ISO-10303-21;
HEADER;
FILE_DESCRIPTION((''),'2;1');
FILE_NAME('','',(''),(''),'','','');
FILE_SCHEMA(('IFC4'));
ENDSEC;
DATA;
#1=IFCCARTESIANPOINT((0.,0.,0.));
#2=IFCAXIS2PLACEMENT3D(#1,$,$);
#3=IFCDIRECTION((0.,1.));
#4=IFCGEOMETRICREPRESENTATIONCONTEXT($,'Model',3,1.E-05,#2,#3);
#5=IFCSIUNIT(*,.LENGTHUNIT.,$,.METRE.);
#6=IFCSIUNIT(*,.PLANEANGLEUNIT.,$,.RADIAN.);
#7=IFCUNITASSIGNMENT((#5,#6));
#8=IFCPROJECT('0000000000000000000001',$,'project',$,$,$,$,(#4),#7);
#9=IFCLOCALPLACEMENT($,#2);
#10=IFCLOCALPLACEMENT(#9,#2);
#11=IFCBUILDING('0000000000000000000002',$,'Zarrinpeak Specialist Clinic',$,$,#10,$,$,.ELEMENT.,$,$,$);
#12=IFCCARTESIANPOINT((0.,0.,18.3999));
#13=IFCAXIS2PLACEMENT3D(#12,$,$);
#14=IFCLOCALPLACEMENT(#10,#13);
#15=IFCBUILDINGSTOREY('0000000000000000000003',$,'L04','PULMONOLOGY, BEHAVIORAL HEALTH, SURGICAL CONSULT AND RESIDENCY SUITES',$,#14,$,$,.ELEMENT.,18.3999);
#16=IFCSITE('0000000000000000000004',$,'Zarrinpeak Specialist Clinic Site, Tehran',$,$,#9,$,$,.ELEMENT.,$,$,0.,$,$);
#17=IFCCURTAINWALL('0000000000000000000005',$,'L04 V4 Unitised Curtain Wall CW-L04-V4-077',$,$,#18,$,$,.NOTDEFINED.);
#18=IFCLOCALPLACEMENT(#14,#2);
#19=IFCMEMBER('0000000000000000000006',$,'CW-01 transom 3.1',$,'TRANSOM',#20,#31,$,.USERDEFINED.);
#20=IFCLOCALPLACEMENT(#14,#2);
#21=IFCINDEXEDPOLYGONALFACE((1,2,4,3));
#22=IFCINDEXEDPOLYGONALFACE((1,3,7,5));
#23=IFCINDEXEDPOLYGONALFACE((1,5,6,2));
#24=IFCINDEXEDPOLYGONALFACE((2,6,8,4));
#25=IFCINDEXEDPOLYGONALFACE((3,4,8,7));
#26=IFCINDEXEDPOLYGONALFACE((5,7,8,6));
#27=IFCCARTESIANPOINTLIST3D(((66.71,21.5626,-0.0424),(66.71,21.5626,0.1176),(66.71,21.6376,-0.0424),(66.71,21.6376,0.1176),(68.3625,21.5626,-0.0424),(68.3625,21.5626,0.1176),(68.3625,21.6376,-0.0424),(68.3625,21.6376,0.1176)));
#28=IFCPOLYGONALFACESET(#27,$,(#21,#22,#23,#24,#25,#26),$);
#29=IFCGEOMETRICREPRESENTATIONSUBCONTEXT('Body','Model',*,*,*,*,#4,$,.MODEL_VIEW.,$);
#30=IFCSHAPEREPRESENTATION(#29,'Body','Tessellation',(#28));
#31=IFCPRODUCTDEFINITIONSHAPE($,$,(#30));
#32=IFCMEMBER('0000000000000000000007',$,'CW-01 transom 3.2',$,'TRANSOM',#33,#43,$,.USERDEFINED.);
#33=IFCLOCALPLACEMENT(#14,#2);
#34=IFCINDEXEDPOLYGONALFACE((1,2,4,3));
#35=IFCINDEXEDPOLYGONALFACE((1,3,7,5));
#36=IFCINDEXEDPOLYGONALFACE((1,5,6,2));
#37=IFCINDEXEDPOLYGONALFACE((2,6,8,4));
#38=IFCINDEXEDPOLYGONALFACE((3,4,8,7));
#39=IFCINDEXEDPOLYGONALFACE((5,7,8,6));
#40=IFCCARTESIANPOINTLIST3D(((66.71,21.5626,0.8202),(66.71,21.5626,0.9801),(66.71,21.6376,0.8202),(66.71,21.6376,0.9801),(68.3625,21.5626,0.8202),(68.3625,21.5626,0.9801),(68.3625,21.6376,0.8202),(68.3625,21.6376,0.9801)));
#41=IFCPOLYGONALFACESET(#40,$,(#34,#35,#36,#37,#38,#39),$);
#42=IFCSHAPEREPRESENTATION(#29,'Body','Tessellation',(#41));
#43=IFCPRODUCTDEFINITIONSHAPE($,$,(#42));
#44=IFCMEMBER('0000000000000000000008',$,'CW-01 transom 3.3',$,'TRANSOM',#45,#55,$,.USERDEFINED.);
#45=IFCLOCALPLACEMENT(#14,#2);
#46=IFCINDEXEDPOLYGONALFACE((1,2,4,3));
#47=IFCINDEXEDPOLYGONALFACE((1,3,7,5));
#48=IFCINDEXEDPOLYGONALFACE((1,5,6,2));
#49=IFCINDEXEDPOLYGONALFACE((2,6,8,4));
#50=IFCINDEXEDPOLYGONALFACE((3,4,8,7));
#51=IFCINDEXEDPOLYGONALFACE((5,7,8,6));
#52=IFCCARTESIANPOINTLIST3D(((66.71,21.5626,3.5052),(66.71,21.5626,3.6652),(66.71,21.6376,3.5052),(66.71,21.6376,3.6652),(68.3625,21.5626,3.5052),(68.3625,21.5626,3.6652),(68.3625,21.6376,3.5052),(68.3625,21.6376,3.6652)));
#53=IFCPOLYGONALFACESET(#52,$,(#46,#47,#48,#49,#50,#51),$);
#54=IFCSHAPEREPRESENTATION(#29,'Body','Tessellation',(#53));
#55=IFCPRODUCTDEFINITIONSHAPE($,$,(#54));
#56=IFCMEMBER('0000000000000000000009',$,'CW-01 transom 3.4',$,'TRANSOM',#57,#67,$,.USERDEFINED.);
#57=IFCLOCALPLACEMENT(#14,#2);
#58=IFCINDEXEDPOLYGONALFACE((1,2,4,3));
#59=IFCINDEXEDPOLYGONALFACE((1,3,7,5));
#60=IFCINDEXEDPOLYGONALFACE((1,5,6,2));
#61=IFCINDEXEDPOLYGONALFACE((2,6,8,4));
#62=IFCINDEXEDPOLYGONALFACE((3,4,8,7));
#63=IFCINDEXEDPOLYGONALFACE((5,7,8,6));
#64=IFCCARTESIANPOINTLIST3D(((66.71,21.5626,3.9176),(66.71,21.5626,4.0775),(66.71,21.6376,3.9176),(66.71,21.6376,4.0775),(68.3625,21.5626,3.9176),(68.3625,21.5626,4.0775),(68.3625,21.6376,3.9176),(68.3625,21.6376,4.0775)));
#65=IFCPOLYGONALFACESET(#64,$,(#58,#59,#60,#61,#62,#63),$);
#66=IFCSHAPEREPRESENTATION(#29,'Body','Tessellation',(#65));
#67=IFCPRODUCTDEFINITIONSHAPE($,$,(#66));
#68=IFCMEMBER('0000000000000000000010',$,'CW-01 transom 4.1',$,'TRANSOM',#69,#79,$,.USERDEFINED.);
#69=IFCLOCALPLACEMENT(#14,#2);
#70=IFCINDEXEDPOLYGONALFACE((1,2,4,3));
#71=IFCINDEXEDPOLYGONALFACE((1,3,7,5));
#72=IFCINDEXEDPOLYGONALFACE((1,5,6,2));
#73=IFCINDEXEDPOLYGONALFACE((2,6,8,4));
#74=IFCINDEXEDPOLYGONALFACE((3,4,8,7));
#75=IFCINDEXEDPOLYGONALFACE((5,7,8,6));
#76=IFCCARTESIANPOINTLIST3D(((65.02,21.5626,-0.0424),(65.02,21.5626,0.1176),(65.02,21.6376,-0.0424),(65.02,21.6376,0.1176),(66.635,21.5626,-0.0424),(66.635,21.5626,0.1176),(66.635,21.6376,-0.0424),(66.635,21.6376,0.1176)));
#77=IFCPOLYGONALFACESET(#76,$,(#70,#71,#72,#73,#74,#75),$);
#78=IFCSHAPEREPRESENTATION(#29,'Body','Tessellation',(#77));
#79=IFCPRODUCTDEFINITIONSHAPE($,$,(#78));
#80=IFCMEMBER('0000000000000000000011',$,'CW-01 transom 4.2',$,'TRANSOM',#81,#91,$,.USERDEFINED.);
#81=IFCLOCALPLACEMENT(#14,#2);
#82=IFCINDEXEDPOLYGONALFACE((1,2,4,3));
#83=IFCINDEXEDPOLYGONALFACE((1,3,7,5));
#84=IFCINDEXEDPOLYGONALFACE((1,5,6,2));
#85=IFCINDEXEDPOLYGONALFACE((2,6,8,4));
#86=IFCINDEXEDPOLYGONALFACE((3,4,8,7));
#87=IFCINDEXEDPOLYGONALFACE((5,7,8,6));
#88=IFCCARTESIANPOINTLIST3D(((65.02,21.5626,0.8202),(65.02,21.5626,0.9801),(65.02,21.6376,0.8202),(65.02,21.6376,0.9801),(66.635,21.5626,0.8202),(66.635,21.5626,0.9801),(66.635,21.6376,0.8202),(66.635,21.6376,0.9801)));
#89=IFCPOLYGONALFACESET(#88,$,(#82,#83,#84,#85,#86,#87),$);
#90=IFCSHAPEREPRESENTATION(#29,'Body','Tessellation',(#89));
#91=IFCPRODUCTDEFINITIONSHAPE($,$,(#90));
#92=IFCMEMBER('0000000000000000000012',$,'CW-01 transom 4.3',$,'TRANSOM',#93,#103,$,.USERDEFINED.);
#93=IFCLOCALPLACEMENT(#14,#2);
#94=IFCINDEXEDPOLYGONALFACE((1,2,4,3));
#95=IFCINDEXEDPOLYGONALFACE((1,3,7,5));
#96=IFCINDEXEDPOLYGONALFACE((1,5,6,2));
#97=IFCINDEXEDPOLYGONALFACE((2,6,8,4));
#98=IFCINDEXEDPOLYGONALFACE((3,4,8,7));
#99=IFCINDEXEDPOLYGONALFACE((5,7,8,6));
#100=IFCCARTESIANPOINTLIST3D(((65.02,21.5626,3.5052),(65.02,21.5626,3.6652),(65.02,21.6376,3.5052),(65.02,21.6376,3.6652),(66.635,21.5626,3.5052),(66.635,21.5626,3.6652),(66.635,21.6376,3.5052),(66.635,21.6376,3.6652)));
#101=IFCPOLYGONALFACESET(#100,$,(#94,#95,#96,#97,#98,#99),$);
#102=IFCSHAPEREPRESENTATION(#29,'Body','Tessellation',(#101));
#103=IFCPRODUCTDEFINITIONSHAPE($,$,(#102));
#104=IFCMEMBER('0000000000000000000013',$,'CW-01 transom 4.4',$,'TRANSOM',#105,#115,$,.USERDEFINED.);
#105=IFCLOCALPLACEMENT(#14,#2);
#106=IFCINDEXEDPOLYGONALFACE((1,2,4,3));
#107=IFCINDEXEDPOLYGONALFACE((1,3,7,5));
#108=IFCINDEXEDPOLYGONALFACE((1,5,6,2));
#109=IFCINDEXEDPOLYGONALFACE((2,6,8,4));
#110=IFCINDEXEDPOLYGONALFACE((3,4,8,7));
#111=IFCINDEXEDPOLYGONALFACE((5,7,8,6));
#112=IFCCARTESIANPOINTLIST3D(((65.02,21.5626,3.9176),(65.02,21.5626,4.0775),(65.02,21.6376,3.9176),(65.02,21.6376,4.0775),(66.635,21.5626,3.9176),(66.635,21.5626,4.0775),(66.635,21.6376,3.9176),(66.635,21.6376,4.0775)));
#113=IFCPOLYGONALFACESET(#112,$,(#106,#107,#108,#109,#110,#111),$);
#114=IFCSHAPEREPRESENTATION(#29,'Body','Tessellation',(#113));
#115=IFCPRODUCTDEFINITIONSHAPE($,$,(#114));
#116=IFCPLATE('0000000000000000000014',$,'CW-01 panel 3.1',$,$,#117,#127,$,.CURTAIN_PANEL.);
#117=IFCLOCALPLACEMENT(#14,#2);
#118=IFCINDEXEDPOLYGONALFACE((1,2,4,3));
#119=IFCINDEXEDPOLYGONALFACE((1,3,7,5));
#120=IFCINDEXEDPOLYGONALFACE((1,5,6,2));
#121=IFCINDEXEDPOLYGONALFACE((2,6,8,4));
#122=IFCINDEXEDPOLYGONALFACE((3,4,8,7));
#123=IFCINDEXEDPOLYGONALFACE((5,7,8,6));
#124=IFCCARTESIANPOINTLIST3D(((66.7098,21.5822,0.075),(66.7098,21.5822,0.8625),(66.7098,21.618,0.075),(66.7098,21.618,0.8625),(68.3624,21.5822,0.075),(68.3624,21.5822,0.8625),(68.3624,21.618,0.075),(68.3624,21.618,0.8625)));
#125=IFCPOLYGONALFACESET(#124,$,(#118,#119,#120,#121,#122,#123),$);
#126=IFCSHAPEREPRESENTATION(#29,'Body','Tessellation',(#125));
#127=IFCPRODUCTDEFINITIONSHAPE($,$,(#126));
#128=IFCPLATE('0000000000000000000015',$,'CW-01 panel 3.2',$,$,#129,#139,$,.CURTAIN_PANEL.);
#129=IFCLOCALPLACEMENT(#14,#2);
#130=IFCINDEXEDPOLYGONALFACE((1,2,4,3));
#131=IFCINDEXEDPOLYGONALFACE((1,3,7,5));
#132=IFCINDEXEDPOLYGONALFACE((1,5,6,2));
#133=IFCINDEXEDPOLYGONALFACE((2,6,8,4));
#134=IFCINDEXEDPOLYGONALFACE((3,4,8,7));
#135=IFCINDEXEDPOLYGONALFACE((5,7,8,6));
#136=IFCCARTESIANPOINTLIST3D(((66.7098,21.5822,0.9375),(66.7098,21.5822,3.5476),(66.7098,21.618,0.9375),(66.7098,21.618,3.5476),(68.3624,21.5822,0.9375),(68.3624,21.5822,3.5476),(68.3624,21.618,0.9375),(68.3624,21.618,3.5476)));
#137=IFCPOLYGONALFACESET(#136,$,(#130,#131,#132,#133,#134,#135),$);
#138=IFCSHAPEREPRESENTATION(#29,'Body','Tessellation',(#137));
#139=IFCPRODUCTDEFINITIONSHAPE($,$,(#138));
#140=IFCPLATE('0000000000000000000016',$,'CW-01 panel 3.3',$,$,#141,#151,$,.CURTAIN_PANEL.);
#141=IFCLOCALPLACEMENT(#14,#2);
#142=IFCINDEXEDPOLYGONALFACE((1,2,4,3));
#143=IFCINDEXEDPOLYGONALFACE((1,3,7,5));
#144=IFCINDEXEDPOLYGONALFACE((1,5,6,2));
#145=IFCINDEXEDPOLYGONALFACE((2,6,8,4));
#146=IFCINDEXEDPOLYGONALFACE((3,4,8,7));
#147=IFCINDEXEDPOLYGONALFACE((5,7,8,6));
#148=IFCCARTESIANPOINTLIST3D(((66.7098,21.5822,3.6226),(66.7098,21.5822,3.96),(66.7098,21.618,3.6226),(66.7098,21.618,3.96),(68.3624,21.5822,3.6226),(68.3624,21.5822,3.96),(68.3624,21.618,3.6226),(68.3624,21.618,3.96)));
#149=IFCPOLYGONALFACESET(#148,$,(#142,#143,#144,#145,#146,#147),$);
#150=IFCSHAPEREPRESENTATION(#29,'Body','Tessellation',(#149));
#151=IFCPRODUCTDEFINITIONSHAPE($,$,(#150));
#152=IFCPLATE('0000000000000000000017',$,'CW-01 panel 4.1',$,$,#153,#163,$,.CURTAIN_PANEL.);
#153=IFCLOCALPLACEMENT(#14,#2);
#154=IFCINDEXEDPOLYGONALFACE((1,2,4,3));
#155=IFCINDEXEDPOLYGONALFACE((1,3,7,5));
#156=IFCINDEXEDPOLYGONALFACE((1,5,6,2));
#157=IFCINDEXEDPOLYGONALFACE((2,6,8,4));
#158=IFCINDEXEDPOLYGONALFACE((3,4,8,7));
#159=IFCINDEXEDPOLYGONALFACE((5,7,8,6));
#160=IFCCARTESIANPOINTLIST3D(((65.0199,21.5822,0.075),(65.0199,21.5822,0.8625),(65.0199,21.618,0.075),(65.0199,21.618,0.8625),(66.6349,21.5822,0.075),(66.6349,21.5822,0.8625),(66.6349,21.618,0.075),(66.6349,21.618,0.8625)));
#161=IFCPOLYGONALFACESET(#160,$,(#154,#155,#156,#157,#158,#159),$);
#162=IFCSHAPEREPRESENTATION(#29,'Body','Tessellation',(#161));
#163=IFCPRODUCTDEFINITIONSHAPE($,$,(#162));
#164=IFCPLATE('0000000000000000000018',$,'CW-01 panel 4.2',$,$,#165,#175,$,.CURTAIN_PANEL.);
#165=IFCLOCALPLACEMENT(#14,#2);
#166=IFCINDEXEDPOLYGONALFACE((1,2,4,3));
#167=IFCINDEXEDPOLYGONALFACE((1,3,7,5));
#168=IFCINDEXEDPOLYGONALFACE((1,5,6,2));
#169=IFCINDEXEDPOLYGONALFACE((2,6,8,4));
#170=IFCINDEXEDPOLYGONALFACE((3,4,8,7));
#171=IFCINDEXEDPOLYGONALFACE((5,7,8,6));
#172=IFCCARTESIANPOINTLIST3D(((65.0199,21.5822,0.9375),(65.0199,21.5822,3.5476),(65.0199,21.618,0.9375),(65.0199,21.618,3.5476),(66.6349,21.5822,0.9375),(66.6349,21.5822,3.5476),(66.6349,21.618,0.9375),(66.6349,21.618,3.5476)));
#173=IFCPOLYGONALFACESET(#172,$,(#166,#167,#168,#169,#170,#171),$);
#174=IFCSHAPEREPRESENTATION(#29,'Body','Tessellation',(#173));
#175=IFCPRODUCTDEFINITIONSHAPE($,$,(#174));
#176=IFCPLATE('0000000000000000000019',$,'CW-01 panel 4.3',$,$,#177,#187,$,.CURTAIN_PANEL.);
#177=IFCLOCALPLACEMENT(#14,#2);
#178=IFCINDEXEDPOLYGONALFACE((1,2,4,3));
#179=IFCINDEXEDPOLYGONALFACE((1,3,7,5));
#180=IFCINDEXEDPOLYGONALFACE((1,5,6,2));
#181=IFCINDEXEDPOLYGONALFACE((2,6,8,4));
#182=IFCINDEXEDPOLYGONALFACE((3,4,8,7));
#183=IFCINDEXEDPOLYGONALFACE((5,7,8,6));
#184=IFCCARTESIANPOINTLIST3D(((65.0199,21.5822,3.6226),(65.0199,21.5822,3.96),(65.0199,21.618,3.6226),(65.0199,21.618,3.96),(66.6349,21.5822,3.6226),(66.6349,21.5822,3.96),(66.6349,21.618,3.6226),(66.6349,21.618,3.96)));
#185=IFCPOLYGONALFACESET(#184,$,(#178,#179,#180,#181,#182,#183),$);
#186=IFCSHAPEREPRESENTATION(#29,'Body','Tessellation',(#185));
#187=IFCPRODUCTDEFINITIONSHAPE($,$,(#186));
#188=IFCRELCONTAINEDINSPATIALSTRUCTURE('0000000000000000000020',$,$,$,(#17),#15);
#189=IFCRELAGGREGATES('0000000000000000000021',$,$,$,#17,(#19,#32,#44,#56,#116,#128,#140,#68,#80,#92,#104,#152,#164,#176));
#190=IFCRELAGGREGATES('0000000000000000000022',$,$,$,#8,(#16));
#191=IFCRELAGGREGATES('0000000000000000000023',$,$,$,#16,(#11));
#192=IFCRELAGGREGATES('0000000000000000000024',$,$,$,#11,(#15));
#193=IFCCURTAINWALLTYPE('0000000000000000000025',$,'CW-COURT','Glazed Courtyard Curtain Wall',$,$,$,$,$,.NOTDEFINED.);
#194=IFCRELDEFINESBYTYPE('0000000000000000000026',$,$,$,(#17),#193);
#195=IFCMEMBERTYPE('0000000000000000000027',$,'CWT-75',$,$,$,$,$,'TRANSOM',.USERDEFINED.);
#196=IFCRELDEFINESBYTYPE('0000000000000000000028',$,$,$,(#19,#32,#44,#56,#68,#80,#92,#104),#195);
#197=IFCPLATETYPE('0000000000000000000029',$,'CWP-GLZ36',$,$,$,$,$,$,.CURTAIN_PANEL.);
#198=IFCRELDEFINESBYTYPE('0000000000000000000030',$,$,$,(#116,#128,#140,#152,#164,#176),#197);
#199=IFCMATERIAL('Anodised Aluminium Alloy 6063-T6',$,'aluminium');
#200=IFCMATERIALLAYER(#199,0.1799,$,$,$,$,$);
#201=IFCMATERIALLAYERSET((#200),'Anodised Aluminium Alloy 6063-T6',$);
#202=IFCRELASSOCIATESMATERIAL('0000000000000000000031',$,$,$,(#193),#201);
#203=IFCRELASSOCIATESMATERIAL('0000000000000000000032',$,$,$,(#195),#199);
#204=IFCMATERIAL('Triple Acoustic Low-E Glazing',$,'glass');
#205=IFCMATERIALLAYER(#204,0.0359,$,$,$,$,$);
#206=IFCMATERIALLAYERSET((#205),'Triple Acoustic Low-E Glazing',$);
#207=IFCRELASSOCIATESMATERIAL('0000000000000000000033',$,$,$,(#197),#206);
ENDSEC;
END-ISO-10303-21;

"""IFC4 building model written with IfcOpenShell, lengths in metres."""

from ifc_helpers import new_model, si_unit, direction, frame, origin, origin_2d, place, context, subcontext, project, spatial, rectangle, extrude, material, layer, layer_set, material_profile, profile_set, type_object, element, aggregate, save


model = new_model("IFC4")

# Units and contexts
model_context = context("Model", 3, precision=1e-05, world=origin(), true_north=direction((0.0, 1.0)))
body_context = subcontext(model_context, "Body", "Model", "MODEL_VIEW")
ifc_project = project(units=[si_unit("LENGTHUNIT", "METRE"), si_unit("PLANEANGLEUNIT", "RADIAN")], contexts=[model_context])

# Site, building, storey
site_placement = place(None, origin())
site = spatial("IfcSite", under=ifc_project, at=site_placement, Name="Zarrinpeak Specialist Clinic Site, Tehran", CompositionType="ELEMENT", RefElevation=0.0)
building_placement = place(site_placement, origin())
building = spatial("IfcBuilding", under=site, at=building_placement, Name="Zarrinpeak Specialist Clinic", CompositionType="ELEMENT")
storey_placement = place(building_placement, frame((0.0, 0.0, 18.3999)))
storey = spatial("IfcBuildingStorey", under=building, at=storey_placement, Name="L04", Description="PULMONOLOGY, BEHAVIORAL HEALTH, SURGICAL CONSULT AND RESIDENCY SUITES", CompositionType="ELEMENT", Elevation=18.3999)

# Curtain wall, members, plates
ifc_material_1 = material(Name="Anodised Aluminium Alloy 6063-T6", Category="aluminium")
ifc_layer_1 = layer(ifc_material_1, 0.1799)
ifc_layer_set_1 = layer_set([ifc_layer_1], Name="Anodised Aluminium Alloy 6063-T6")
curtain_wall_type = type_object("IfcCurtainWallType", Name="CW-COURT", Description="Glazed Courtyard Curtain Wall", PredefinedType="NOTDEFINED", material=ifc_layer_set_1)
curtain_wall_placement = place(storey_placement, origin())
curtain_wall = element("IfcCurtainWall", 1, at=curtain_wall_placement, inside=storey, type_object=curtain_wall_type, Name="L04 V4 Unitised Curtain Wall CW-L04-V4-077", PredefinedType="NOTDEFINED")
ifc_material_profile_1 = material_profile(ifc_material_1, rectangle(XDim=0.075, YDim=0.1599, at=origin_2d()), Name="ALU 75x160")
ifc_profile_set_1 = profile_set([ifc_material_profile_1], Name="Anodised Aluminium Alloy 6063-T6")
member_type_1 = type_object("IfcMemberType", Name="CWT-75", ElementType="TRANSOM", PredefinedType="USERDEFINED", material=ifc_profile_set_1)
member_1_placement = place(storey_placement, frame((68.3625, 21.6001, 0.0376), z_axis=(-1.0, 0.0, 0.0), x_axis=(0.0, -1.0, 0.0)))
member_1 = element("IfcMember", 2, at=member_1_placement, type_object=member_type_1, Name="CW-01 transom 3.1", ObjectType="TRANSOM", PredefinedType="USERDEFINED", context=body_context, shape_type="SweptSolid", body=[
    extrude(rectangle(XDim=0.075, YDim=0.1599, at=origin_2d()), origin(), (0.0, 0.0, 1.0), 1.6526),
])
member_2_placement = place(storey_placement, frame((68.3625, 21.6001, 0.9001), z_axis=(-1.0, 0.0, 0.0), x_axis=(0.0, -1.0, 0.0)))
member_2 = element("IfcMember", 3, at=member_2_placement, type_object=member_type_1, Name="CW-01 transom 3.2", ObjectType="TRANSOM", PredefinedType="USERDEFINED", context=body_context, shape_type="SweptSolid", body=[
    extrude(rectangle(XDim=0.075, YDim=0.1599, at=origin_2d()), origin(), (0.0, 0.0, 1.0), 1.6526),
])
member_3_placement = place(storey_placement, frame((68.3625, 21.6001, 3.5852), z_axis=(-1.0, 0.0, 0.0), x_axis=(0.0, -1.0, 0.0)))
member_3 = element("IfcMember", 4, at=member_3_placement, type_object=member_type_1, Name="CW-01 transom 3.3", ObjectType="TRANSOM", PredefinedType="USERDEFINED", context=body_context, shape_type="SweptSolid", body=[
    extrude(rectangle(XDim=0.075, YDim=0.1599, at=origin_2d()), origin(), (0.0, 0.0, 1.0), 1.6526),
])
member_4_placement = place(storey_placement, frame((68.3625, 21.6001, 3.9976), z_axis=(-1.0, 0.0, 0.0), x_axis=(0.0, -1.0, 0.0)))
member_4 = element("IfcMember", 5, at=member_4_placement, type_object=member_type_1, Name="CW-01 transom 3.4", ObjectType="TRANSOM", PredefinedType="USERDEFINED", context=body_context, shape_type="SweptSolid", body=[
    extrude(rectangle(XDim=0.075, YDim=0.1599, at=origin_2d()), origin(), (0.0, 0.0, 1.0), 1.6526),
])
member_5_placement = place(storey_placement, frame((66.635, 21.6001, 0.0376), z_axis=(-1.0, 0.0, 0.0), x_axis=(0.0, -1.0, 0.0)))
member_5 = element("IfcMember", 6, at=member_5_placement, type_object=member_type_1, Name="CW-01 transom 4.1", ObjectType="TRANSOM", PredefinedType="USERDEFINED", context=body_context, shape_type="SweptSolid", body=[
    extrude(rectangle(XDim=0.075, YDim=0.1599, at=origin_2d()), origin(), (0.0, 0.0, 1.0), 1.615),
])
member_6_placement = place(storey_placement, frame((66.635, 21.6001, 0.9001), z_axis=(-1.0, 0.0, 0.0), x_axis=(0.0, -1.0, 0.0)))
member_6 = element("IfcMember", 7, at=member_6_placement, type_object=member_type_1, Name="CW-01 transom 4.2", ObjectType="TRANSOM", PredefinedType="USERDEFINED", context=body_context, shape_type="SweptSolid", body=[
    extrude(rectangle(XDim=0.075, YDim=0.1599, at=origin_2d()), origin(), (0.0, 0.0, 1.0), 1.615),
])
member_7_placement = place(storey_placement, frame((66.635, 21.6001, 3.5852), z_axis=(-1.0, 0.0, 0.0), x_axis=(0.0, -1.0, 0.0)))
member_7 = element("IfcMember", 8, at=member_7_placement, type_object=member_type_1, Name="CW-01 transom 4.3", ObjectType="TRANSOM", PredefinedType="USERDEFINED", context=body_context, shape_type="SweptSolid", body=[
    extrude(rectangle(XDim=0.075, YDim=0.1599, at=origin_2d()), origin(), (0.0, 0.0, 1.0), 1.615),
])
member_8_placement = place(storey_placement, frame((66.635, 21.6001, 3.9976), z_axis=(-1.0, 0.0, 0.0), x_axis=(0.0, -1.0, 0.0)))
member_8 = element("IfcMember", 9, at=member_8_placement, type_object=member_type_1, Name="CW-01 transom 4.4", ObjectType="TRANSOM", PredefinedType="USERDEFINED", context=body_context, shape_type="SweptSolid", body=[
    extrude(rectangle(XDim=0.075, YDim=0.1599, at=origin_2d()), origin(), (0.0, 0.0, 1.0), 1.615),
])
ifc_material_2 = material(Name="Triple Acoustic Low-E Glazing", Category="glass")
ifc_layer_2 = layer(ifc_material_2, 0.0359)
ifc_layer_set_2 = layer_set([ifc_layer_2], Name="Triple Acoustic Low-E Glazing")
plate_type = type_object("IfcPlateType", Name="CWP-GLZ36", PredefinedType="CURTAIN_PANEL", material=ifc_layer_set_2)
plate_1_placement = place(storey_placement, frame((67.5361, 21.6001, 0.075), z_axis=(0.0, 0.0, 1.0), x_axis=(-1.0, 0.0, 0.0)))
plate_1 = element("IfcPlate", 10, at=plate_1_placement, type_object=plate_type, Name="CW-01 panel 3.1", PredefinedType="CURTAIN_PANEL", context=body_context, shape_type="SweptSolid", body=[
    extrude(rectangle(XDim=1.6526, YDim=0.0359, at=origin_2d()), origin(), (0.0, 0.0, 1.0), 0.7876),
])
plate_2_placement = place(storey_placement, frame((67.5361, 21.6001, 0.9375), z_axis=(0.0, 0.0, 1.0), x_axis=(-1.0, 0.0, 0.0)))
plate_2 = element("IfcPlate", 11, at=plate_2_placement, type_object=plate_type, Name="CW-01 panel 3.2", PredefinedType="CURTAIN_PANEL", context=body_context, shape_type="SweptSolid", body=[
    extrude(rectangle(XDim=1.6526, YDim=0.0359, at=origin_2d()), origin(), (0.0, 0.0, 1.0), 2.6101),
])
plate_3_placement = place(storey_placement, frame((67.5361, 21.6001, 3.6226), z_axis=(0.0, 0.0, 1.0), x_axis=(-1.0, 0.0, 0.0)))
plate_3 = element("IfcPlate", 12, at=plate_3_placement, type_object=plate_type, Name="CW-01 panel 3.3", PredefinedType="CURTAIN_PANEL", context=body_context, shape_type="SweptSolid", body=[
    extrude(rectangle(XDim=1.6526, YDim=0.0359, at=origin_2d()), origin(), (0.0, 0.0, 1.0), 0.3374),
])
plate_4_placement = place(storey_placement, frame((65.8274, 21.6001, 0.075), z_axis=(0.0, 0.0, 1.0), x_axis=(-1.0, 0.0, 0.0)))
plate_4 = element("IfcPlate", 13, at=plate_4_placement, type_object=plate_type, Name="CW-01 panel 4.1", PredefinedType="CURTAIN_PANEL", context=body_context, shape_type="SweptSolid", body=[
    extrude(rectangle(XDim=1.615, YDim=0.0359, at=origin_2d()), origin(), (0.0, 0.0, 1.0), 0.7876),
])
plate_5_placement = place(storey_placement, frame((65.8274, 21.6001, 0.9375), z_axis=(0.0, 0.0, 1.0), x_axis=(-1.0, 0.0, 0.0)))
plate_5 = element("IfcPlate", 14, at=plate_5_placement, type_object=plate_type, Name="CW-01 panel 4.2", PredefinedType="CURTAIN_PANEL", context=body_context, shape_type="SweptSolid", body=[
    extrude(rectangle(XDim=1.615, YDim=0.0359, at=origin_2d()), origin(), (0.0, 0.0, 1.0), 2.6101),
])
plate_6_placement = place(storey_placement, frame((65.8274, 21.6001, 3.6226), z_axis=(0.0, 0.0, 1.0), x_axis=(-1.0, 0.0, 0.0)))
plate_6 = element("IfcPlate", 15, at=plate_6_placement, type_object=plate_type, Name="CW-01 panel 4.3", PredefinedType="CURTAIN_PANEL", context=body_context, shape_type="SweptSolid", body=[
    extrude(rectangle(XDim=1.615, YDim=0.0359, at=origin_2d()), origin(), (0.0, 0.0, 1.0), 0.3374),
])
aggregate(curtain_wall, [member_1, member_2, member_3, member_4, plate_1, plate_2, plate_3, member_5, member_6, member_7, member_8, plate_4, plate_5, plate_6])

save(model, "model.ifc")
